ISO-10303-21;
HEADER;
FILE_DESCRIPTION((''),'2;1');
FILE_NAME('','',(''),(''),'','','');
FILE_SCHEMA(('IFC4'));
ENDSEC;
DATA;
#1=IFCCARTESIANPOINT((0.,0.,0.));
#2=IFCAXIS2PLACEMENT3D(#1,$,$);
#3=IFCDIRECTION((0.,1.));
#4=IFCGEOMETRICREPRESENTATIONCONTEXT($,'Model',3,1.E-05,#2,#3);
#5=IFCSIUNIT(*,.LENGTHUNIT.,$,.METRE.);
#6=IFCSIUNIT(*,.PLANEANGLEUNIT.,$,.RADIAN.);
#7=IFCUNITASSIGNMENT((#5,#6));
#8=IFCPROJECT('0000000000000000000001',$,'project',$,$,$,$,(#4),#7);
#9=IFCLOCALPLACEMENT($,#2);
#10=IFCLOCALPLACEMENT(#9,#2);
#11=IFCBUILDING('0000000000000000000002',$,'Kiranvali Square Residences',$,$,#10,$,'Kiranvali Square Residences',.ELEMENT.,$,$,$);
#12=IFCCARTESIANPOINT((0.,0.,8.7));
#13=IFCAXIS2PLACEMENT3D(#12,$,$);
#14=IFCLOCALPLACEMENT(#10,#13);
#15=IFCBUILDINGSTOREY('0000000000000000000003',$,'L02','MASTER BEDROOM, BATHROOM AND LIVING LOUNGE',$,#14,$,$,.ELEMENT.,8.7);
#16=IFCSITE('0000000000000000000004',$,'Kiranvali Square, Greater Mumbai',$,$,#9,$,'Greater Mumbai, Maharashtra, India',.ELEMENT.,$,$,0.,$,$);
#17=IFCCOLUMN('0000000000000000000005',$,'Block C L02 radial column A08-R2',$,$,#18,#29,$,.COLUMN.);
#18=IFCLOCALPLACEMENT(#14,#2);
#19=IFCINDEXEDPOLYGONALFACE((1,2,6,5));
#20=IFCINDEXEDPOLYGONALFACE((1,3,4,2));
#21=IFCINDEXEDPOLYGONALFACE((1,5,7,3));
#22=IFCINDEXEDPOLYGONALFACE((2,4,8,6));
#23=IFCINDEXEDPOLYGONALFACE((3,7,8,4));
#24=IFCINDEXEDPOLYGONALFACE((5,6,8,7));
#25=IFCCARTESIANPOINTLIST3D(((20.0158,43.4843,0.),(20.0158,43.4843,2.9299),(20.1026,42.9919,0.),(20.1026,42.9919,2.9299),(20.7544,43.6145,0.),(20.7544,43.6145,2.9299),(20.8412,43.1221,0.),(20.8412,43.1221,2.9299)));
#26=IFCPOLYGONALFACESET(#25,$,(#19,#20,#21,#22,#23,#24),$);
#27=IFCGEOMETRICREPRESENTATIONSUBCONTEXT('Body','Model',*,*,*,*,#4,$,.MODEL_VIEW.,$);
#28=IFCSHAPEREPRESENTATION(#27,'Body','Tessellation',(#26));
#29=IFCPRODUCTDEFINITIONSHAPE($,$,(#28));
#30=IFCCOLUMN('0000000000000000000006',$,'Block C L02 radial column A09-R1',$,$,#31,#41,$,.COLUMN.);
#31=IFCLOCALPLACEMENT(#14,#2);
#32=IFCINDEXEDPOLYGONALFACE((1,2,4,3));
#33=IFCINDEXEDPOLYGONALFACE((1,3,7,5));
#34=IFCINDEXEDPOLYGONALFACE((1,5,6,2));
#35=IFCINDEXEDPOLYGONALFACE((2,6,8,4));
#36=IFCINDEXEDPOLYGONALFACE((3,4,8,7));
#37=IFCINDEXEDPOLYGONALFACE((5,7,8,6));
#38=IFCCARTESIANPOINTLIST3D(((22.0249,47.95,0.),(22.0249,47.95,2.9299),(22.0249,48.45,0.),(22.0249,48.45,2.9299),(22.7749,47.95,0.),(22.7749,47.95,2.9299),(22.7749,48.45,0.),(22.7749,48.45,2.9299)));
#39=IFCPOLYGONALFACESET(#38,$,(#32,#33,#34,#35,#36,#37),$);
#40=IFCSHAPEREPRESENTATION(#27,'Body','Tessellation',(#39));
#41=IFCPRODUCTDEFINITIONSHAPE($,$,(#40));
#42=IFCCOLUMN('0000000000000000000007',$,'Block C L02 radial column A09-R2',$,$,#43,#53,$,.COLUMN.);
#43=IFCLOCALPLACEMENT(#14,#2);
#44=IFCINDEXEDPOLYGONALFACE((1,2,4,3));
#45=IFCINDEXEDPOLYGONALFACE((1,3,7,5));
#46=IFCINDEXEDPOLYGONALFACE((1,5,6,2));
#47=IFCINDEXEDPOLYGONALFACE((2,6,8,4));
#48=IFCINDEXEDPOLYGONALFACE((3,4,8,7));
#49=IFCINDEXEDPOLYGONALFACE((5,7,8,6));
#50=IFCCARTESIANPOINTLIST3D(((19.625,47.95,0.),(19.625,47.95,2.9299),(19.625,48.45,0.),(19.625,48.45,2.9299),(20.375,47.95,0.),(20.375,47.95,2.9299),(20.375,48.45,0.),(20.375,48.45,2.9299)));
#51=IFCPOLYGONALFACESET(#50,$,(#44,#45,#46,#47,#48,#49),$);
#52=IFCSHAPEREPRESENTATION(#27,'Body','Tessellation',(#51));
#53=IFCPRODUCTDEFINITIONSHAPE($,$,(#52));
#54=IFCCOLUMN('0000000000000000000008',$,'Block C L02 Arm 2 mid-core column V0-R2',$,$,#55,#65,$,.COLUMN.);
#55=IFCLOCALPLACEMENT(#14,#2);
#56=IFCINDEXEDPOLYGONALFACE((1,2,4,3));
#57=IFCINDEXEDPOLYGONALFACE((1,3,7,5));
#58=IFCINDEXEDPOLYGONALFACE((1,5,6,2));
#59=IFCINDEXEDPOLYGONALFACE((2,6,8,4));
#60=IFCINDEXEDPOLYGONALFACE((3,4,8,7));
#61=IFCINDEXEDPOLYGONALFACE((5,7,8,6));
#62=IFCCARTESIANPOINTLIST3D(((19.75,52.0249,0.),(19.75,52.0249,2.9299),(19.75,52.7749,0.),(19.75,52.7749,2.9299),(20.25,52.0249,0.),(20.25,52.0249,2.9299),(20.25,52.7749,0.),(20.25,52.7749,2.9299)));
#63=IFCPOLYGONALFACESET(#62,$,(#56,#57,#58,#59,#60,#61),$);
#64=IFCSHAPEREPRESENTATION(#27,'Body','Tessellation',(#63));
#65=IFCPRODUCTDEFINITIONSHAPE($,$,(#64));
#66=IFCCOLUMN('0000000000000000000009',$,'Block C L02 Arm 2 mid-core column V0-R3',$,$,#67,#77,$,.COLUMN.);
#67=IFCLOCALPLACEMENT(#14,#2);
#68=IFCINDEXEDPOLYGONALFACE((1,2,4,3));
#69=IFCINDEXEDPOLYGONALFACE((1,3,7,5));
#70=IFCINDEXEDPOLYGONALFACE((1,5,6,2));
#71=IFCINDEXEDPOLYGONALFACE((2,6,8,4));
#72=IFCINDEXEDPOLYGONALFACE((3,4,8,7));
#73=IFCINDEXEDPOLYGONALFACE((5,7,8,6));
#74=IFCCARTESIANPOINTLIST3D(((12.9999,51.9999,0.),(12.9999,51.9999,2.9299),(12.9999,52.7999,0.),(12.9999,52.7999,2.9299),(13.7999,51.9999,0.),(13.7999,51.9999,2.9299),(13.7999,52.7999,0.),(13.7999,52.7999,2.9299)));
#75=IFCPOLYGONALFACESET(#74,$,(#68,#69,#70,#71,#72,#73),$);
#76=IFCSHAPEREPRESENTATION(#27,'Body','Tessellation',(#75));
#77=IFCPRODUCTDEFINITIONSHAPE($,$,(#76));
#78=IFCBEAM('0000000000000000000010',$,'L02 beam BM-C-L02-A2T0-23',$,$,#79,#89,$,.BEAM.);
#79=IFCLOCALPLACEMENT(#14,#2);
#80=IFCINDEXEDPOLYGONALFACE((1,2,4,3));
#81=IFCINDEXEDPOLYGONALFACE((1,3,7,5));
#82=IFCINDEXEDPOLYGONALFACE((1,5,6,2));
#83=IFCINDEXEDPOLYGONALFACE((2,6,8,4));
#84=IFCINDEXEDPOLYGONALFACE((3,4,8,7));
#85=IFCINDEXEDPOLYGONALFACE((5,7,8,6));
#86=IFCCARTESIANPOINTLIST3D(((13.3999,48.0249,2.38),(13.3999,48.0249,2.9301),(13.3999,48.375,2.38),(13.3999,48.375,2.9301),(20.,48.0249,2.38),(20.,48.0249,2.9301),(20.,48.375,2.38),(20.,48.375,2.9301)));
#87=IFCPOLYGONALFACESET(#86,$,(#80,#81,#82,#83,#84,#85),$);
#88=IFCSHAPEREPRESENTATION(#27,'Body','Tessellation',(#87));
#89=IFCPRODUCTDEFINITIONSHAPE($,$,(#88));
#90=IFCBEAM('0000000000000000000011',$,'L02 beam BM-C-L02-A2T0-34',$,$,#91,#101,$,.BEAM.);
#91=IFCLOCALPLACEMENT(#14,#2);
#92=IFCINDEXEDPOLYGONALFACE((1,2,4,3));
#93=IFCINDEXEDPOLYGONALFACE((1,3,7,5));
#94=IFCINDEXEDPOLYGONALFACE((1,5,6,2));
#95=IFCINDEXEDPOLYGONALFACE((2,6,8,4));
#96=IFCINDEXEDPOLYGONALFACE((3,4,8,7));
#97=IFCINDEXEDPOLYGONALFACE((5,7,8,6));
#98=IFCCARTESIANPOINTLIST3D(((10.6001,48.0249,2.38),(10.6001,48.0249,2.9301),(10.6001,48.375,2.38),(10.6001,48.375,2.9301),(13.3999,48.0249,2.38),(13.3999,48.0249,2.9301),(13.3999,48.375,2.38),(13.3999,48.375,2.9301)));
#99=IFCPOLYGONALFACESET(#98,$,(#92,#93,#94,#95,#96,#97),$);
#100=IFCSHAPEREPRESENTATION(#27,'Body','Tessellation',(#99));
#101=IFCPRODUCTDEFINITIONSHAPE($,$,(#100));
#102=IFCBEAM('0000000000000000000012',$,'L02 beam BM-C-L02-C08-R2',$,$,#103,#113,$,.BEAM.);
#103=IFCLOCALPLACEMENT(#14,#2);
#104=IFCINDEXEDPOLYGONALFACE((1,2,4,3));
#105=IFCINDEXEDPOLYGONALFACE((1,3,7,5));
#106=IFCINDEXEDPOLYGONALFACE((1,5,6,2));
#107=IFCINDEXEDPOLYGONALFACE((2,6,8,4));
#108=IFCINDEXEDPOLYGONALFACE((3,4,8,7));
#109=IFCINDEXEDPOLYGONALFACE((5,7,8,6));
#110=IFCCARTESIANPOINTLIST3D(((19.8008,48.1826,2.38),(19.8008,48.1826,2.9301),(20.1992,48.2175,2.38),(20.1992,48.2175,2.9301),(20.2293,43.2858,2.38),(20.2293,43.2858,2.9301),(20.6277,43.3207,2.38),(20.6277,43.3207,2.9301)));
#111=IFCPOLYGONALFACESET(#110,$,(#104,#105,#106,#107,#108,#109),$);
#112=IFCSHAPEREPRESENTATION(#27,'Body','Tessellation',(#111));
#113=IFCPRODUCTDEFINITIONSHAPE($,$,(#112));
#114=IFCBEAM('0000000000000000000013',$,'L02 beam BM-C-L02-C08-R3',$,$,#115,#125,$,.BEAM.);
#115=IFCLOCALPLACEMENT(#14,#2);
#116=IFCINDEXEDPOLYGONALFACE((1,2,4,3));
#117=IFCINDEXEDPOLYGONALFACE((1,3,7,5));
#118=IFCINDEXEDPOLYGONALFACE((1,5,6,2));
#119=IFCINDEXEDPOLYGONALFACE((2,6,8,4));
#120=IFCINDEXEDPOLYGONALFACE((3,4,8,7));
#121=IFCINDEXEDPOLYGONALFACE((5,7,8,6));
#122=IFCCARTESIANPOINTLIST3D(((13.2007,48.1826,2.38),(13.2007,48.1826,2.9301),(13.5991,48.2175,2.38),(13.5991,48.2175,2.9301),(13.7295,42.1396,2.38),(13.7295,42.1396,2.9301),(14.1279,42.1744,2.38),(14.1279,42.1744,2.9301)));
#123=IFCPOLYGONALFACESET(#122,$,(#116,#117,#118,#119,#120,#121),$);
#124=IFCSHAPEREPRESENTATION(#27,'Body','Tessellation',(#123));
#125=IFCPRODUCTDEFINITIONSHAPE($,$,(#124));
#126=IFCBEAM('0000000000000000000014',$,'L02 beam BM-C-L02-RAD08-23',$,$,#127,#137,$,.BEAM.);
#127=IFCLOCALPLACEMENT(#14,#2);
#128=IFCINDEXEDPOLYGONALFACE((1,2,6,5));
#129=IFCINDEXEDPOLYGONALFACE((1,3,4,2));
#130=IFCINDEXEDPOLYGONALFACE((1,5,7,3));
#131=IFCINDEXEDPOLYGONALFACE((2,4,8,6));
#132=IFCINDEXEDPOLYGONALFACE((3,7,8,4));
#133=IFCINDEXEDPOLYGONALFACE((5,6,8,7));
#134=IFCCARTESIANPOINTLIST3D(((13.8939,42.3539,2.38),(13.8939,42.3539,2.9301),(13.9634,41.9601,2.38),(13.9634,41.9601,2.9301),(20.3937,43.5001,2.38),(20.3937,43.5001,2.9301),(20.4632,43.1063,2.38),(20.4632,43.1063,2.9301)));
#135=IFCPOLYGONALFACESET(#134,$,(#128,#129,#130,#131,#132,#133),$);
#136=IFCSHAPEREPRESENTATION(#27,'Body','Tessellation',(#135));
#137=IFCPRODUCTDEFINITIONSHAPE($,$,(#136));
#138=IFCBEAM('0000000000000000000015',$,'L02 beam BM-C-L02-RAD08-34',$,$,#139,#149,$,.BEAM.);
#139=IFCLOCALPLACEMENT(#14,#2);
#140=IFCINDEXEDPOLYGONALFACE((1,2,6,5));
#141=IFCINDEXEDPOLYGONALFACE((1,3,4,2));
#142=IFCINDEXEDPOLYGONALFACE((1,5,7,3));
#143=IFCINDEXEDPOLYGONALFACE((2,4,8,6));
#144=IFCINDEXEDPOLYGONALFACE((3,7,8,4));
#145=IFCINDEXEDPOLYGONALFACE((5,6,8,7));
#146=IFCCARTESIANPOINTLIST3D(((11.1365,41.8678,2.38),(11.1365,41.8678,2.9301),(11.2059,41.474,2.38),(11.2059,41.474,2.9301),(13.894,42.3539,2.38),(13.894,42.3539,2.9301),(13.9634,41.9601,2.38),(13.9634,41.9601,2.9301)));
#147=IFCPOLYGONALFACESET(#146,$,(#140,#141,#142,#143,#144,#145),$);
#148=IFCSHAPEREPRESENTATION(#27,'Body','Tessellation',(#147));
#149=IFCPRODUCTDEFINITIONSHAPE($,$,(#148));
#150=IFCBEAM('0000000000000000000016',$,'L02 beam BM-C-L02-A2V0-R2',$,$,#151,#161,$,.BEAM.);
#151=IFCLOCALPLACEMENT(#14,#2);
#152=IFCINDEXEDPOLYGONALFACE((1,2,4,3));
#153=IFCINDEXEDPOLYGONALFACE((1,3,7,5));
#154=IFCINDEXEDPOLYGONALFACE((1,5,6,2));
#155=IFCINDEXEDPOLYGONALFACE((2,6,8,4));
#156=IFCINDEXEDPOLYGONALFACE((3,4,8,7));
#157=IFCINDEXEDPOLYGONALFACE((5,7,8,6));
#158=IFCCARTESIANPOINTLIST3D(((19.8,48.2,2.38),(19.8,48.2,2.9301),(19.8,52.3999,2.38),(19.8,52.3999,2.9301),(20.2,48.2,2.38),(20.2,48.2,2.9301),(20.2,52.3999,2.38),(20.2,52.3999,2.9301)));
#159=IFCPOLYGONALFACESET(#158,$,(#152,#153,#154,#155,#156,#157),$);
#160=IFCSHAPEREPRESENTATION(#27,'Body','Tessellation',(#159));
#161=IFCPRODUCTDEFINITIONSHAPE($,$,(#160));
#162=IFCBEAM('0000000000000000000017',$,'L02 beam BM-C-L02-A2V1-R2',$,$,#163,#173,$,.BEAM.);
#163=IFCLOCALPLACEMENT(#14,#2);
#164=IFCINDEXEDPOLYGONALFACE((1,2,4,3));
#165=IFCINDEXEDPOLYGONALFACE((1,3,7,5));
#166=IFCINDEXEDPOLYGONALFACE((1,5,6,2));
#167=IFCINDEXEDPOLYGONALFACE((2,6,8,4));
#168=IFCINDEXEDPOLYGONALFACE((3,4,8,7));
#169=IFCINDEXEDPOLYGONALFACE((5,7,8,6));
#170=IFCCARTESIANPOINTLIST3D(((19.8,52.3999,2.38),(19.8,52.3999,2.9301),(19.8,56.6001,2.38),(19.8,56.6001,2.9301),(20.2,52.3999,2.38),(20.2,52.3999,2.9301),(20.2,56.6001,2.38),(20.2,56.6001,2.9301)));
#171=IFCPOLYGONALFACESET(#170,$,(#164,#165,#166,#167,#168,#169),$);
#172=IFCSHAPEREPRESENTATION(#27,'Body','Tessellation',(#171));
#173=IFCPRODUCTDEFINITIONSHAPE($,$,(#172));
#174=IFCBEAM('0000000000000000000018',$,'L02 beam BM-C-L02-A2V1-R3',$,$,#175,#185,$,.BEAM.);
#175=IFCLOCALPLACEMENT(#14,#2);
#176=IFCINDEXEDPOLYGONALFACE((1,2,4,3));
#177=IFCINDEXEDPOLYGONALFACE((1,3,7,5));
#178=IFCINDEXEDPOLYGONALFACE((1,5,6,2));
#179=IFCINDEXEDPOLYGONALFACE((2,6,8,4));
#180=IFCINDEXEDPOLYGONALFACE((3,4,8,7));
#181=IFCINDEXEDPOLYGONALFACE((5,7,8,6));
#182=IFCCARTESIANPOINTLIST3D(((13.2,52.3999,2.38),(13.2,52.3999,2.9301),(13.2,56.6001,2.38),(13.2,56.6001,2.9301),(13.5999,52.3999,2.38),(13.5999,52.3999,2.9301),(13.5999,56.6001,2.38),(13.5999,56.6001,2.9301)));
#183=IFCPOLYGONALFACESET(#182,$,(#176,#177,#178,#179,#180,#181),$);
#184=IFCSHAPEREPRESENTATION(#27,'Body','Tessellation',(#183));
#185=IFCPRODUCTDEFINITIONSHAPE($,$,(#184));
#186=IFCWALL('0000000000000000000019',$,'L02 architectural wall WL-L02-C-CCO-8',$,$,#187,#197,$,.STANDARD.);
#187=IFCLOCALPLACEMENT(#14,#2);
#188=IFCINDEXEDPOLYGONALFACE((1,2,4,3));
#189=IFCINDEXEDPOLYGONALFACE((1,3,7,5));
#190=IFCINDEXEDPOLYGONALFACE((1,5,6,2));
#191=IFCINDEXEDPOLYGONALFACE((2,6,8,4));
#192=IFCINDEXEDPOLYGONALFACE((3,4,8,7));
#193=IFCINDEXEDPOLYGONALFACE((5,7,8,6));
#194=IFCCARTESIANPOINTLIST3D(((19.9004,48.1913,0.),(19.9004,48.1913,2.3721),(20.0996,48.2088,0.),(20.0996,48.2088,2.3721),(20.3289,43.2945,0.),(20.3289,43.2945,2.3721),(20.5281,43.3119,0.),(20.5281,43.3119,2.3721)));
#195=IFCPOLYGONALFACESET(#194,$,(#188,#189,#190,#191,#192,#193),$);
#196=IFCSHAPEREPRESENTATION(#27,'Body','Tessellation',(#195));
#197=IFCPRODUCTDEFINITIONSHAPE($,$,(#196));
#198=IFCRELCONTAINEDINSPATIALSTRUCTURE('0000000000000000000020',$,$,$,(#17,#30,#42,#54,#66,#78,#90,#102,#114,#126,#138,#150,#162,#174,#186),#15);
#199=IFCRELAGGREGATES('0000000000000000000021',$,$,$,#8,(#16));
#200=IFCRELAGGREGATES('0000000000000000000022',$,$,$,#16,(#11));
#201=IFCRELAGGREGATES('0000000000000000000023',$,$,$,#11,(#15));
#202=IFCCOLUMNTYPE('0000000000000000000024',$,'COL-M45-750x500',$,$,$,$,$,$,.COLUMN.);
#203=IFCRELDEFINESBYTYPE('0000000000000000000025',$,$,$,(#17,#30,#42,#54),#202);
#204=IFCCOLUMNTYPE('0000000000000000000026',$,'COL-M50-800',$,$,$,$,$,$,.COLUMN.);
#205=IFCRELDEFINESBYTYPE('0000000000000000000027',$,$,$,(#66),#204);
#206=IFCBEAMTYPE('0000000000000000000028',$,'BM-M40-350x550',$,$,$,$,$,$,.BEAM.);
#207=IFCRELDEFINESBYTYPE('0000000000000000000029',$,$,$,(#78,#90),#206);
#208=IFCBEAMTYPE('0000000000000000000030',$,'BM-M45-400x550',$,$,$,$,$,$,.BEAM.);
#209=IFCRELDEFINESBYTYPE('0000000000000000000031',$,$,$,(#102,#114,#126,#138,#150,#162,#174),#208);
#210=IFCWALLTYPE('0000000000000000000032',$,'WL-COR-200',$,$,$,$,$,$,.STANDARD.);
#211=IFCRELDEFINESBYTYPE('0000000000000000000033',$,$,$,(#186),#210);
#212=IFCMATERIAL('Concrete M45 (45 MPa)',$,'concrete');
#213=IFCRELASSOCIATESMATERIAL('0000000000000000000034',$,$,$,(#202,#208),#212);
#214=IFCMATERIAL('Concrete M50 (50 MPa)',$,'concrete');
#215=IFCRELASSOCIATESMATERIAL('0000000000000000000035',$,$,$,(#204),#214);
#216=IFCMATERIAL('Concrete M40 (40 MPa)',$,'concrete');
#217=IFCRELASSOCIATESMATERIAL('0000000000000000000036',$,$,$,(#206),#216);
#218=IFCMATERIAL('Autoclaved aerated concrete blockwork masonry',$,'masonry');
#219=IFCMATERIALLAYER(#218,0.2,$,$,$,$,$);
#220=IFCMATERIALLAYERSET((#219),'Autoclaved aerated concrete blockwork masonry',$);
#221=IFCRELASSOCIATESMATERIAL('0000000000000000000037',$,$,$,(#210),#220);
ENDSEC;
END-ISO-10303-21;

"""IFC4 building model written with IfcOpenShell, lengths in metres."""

from ifc_helpers import new_model, si_unit, direction, frame, frame_2d, origin, origin_2d, place, context, subcontext, project, spatial, rectangle, extrude, material, layer, layer_set, material_profile, profile_set, type_object, element, save


model = new_model("IFC4")

# Units and contexts
model_context = context("Model", 3, precision=1e-05, world=origin(), true_north=direction((0.0, 1.0)))
body_context = subcontext(model_context, "Body", "Model", "MODEL_VIEW")
ifc_project = project(units=[si_unit("LENGTHUNIT", "METRE"), si_unit("PLANEANGLEUNIT", "RADIAN")], contexts=[model_context])

# Site, building, storey
site_placement = place(None, origin())
site = spatial("IfcSite", under=ifc_project, at=site_placement, Name="Kiranvali Square, Greater Mumbai", LongName="Greater Mumbai, Maharashtra, India", CompositionType="ELEMENT", RefElevation=0.0)
building_placement = place(site_placement, origin())
building = spatial("IfcBuilding", under=site, at=building_placement, Name="Kiranvali Square Residences", LongName="Kiranvali Square Residences", CompositionType="ELEMENT")
storey_placement = place(building_placement, frame((0.0, 0.0, 8.7)))
storey = spatial("IfcBuildingStorey", under=building, at=storey_placement, Name="L02", Description="MASTER BEDROOM, BATHROOM AND LIVING LOUNGE", CompositionType="ELEMENT", Elevation=8.7)

# Columns
ifc_material_1 = material(Name="Concrete M45 (45 MPa)", Category="concrete")
ifc_material_profile_1 = material_profile(ifc_material_1, rectangle(XDim=0.5, YDim=0.75, at=origin_2d()), Name="RC 750x500")
ifc_profile_set_1 = profile_set([ifc_material_profile_1], Name="Concrete M45 (45 MPa)")
column_type_1 = type_object("IfcColumnType", Name="COL-M45-750x500", PredefinedType="COLUMN", material=ifc_profile_set_1)
for number, where, z_axis, x_axis, name in (
    (1, (20.4285, 43.3032, 0.0), (0.0, 0.0, 1.0), (-0.173648, 0.984808, 0.0), "Block C L02 radial column A08-R2"),
    (2, (22.3999, 48.2, 0.0), (0.0, 0.0, 1.0), (0.0, 1.0, 0.0), "Block C L02 radial column A09-R1"),
    (3, (20.0, 48.2, 0.0), (0.0, 0.0, 1.0), (0.0, 1.0, 0.0), "Block C L02 radial column A09-R2"),
    (4, (20.0, 52.3999, 0.0), (0.0, 0.0, 1.0), (1.0, 0.0, 0.0), "Block C L02 Arm 2 mid-core column V0-R2"),
):
    element("IfcColumn", number, at=place(storey_placement, frame(where, z_axis=z_axis, x_axis=x_axis)), inside=storey, type_object=column_type_1, Name=name, PredefinedType="COLUMN", context=body_context, shape_type="SweptSolid", body=[
        extrude(rectangle(XDim=0.5, YDim=0.75, at=origin_2d()), origin(), (0.0, 0.0, 1.0), 2.9299),
    ])
ifc_material_2 = material(Name="Concrete M50 (50 MPa)", Category="concrete")
ifc_material_profile_2 = material_profile(ifc_material_2, rectangle(XDim=0.8, YDim=0.8, at=origin_2d()), Name="RC 800x800")
ifc_profile_set_2 = profile_set([ifc_material_profile_2], Name="Concrete M50 (50 MPa)")
column_type_2 = type_object("IfcColumnType", Name="COL-M50-800", PredefinedType="COLUMN", material=ifc_profile_set_2)
column_placement = place(storey_placement, frame((13.3999, 52.3999, 0.0), z_axis=(0.0, 0.0, 1.0), x_axis=(1.0, 0.0, 0.0)))
element("IfcColumn", 5, at=column_placement, inside=storey, type_object=column_type_2, Name="Block C L02 Arm 2 mid-core column V0-R3", PredefinedType="COLUMN", context=body_context, shape_type="SweptSolid", body=[
    extrude(rectangle(XDim=0.8, YDim=0.8, at=origin_2d()), origin(), (0.0, 0.0, 1.0), 2.9299),
])

# Beams
ifc_material_3 = material(Name="Concrete M40 (40 MPa)", Category="concrete")
ifc_material_profile_3 = material_profile(ifc_material_3, rectangle(XDim=0.3501, YDim=0.55, at=origin_2d()), Name="RC 350x550")
ifc_profile_set_3 = profile_set([ifc_material_profile_3], Name="Concrete M40 (40 MPa)")
beam_type_1 = type_object("IfcBeamType", Name="BM-M40-350x550", PredefinedType="BEAM", material=ifc_profile_set_3)
beam_1_placement = place(storey_placement, frame((20.0, 48.2, 2.655), z_axis=(-1.0, 0.0, 0.0), x_axis=(0.0, -1.0, 0.0)))
element("IfcBeam", 6, at=beam_1_placement, inside=storey, type_object=beam_type_1, Name="L02 beam BM-C-L02-A2T0-23", PredefinedType="BEAM", context=body_context, shape_type="SweptSolid", body=[
    extrude(rectangle(XDim=0.3501, YDim=0.55, at=origin_2d()), origin(), (0.0, 0.0, 1.0), 6.6001),
])
beam_2_placement = place(storey_placement, frame((13.3999, 48.2, 2.655), z_axis=(-1.0, 0.0, 0.0), x_axis=(0.0, -1.0, 0.0)))
element("IfcBeam", 7, at=beam_2_placement, inside=storey, type_object=beam_type_1, Name="L02 beam BM-C-L02-A2T0-34", PredefinedType="BEAM", context=body_context, shape_type="SweptSolid", body=[
    extrude(rectangle(XDim=0.3501, YDim=0.55, at=origin_2d()), origin(), (0.0, 0.0, 1.0), 2.7998),
])
ifc_material_profile_4 = material_profile(ifc_material_1, rectangle(XDim=0.3999, YDim=0.55, at=origin_2d()), Name="RC 400x550")
ifc_profile_set_4 = profile_set([ifc_material_profile_4], Name="Concrete M45 (45 MPa)")
beam_type_2 = type_object("IfcBeamType", Name="BM-M45-400x550", PredefinedType="BEAM", material=ifc_profile_set_4)
beam_3_placement = place(storey_placement, frame((20.4285, 43.3032, 2.655), z_axis=(-0.087168, 0.996194, 0.0), x_axis=(-0.996194, -0.087168, 0.0)))
element("IfcBeam", 8, at=beam_3_placement, inside=storey, type_object=beam_type_2, Name="L02 beam BM-C-L02-C08-R2", PredefinedType="BEAM", context=body_context, shape_type="SweptSolid", body=[
    extrude(rectangle(XDim=0.3999, YDim=0.55, at=origin_2d()), origin(), (0.0, 0.0, 1.0), 4.9155),
])
beam_4_placement = place(storey_placement, frame((13.9287, 42.157, 2.655), z_axis=(-0.087175, 0.996193, 0.0), x_axis=(-0.996193, -0.087175, 0.0)))
element("IfcBeam", 9, at=beam_4_placement, inside=storey, type_object=beam_type_2, Name="L02 beam BM-C-L02-C08-R3", PredefinedType="BEAM", context=body_context, shape_type="SweptSolid", body=[
    extrude(rectangle(XDim=0.3999, YDim=0.55, at=origin_2d()), origin(), (0.0, 0.0, 1.0), 6.0662),
])
beam_5_placement = place(storey_placement, frame((20.4285, 43.3032, 2.655), z_axis=(-0.984804, -0.173671, 0.0), x_axis=(0.173671, -0.984804, 0.0)))
element("IfcBeam", 10, at=beam_5_placement, inside=storey, type_object=beam_type_2, Name="L02 beam BM-C-L02-RAD08-23", PredefinedType="BEAM", context=body_context, shape_type="SweptSolid", body=[
    extrude(rectangle(XDim=0.3999, YDim=0.55, at=origin_2d()), origin(), (0.0, 0.0, 1.0), 6.6001),
])
beam_6_placement = place(storey_placement, frame((13.9287, 42.157, 2.655), z_axis=(-0.984817, -0.173596, 0.0), x_axis=(0.173596, -0.984817, 0.0)))
element("IfcBeam", 11, at=beam_6_placement, inside=storey, type_object=beam_type_2, Name="L02 beam BM-C-L02-RAD08-34", PredefinedType="BEAM", context=body_context, shape_type="SweptSolid", body=[
    extrude(rectangle(XDim=0.3999, YDim=0.55, at=origin_2d()), origin(), (0.0, 0.0, 1.0), 2.8),
])
beam_7_placement = place(storey_placement, frame((20.0, 48.2, 2.655), z_axis=(0.0, 1.0, 0.0), x_axis=(-1.0, 0.0, 0.0)))
element("IfcBeam", 12, at=beam_7_placement, inside=storey, type_object=beam_type_2, Name="L02 beam BM-C-L02-A2V0-R2", PredefinedType="BEAM", context=body_context, shape_type="SweptSolid", body=[
    extrude(rectangle(XDim=0.3999, YDim=0.55, at=origin_2d()), origin(), (0.0, 0.0, 1.0), 4.2),
])
for number, where, z_axis, x_axis, name in (
    (13, (20.0, 52.3999, 2.655), (0.0, 1.0, 0.0), (-1.0, 0.0, 0.0), "L02 beam BM-C-L02-A2V1-R2"),
    (14, (13.3999, 52.3999, 2.655), (0.0, 1.0, 0.0), (-1.0, 0.0, 0.0), "L02 beam BM-C-L02-A2V1-R3"),
):
    element("IfcBeam", number, at=place(storey_placement, frame(where, z_axis=z_axis, x_axis=x_axis)), inside=storey, type_object=beam_type_2, Name=name, PredefinedType="BEAM", context=body_context, shape_type="SweptSolid", body=[
        extrude(rectangle(XDim=0.3999, YDim=0.55, at=origin_2d()), origin(), (0.0, 0.0, 1.0), 4.2002),
    ])

# Wall
ifc_material_4 = material(Name="Autoclaved aerated concrete blockwork masonry", Category="masonry")
ifc_layer_1 = layer(ifc_material_4, 0.2)
ifc_layer_set_1 = layer_set([ifc_layer_1], Name="Autoclaved aerated concrete blockwork masonry")
wall_type_1 = type_object("IfcWallType", Name="WL-COR-200", PredefinedType="STANDARD", material=ifc_layer_set_1)
wall_1_placement = place(storey_placement, frame((20.4285, 43.3032, 0.0), z_axis=(0.0, 0.0, 1.0), x_axis=(-0.087168, 0.996194, 0.0)))
element("IfcWall", 15, at=wall_1_placement, inside=storey, type_object=wall_type_1, Name="L02 architectural wall WL-L02-C-CCO-8", PredefinedType="STANDARD", context=body_context, shape_type="SweptSolid", body=[
    extrude(rectangle(XDim=4.9155, YDim=0.2, at=frame_2d((2.4578, 0.0))), origin(), (0.0, 0.0, 1.0), 2.3721),
])

save(model, "model.ifc")
